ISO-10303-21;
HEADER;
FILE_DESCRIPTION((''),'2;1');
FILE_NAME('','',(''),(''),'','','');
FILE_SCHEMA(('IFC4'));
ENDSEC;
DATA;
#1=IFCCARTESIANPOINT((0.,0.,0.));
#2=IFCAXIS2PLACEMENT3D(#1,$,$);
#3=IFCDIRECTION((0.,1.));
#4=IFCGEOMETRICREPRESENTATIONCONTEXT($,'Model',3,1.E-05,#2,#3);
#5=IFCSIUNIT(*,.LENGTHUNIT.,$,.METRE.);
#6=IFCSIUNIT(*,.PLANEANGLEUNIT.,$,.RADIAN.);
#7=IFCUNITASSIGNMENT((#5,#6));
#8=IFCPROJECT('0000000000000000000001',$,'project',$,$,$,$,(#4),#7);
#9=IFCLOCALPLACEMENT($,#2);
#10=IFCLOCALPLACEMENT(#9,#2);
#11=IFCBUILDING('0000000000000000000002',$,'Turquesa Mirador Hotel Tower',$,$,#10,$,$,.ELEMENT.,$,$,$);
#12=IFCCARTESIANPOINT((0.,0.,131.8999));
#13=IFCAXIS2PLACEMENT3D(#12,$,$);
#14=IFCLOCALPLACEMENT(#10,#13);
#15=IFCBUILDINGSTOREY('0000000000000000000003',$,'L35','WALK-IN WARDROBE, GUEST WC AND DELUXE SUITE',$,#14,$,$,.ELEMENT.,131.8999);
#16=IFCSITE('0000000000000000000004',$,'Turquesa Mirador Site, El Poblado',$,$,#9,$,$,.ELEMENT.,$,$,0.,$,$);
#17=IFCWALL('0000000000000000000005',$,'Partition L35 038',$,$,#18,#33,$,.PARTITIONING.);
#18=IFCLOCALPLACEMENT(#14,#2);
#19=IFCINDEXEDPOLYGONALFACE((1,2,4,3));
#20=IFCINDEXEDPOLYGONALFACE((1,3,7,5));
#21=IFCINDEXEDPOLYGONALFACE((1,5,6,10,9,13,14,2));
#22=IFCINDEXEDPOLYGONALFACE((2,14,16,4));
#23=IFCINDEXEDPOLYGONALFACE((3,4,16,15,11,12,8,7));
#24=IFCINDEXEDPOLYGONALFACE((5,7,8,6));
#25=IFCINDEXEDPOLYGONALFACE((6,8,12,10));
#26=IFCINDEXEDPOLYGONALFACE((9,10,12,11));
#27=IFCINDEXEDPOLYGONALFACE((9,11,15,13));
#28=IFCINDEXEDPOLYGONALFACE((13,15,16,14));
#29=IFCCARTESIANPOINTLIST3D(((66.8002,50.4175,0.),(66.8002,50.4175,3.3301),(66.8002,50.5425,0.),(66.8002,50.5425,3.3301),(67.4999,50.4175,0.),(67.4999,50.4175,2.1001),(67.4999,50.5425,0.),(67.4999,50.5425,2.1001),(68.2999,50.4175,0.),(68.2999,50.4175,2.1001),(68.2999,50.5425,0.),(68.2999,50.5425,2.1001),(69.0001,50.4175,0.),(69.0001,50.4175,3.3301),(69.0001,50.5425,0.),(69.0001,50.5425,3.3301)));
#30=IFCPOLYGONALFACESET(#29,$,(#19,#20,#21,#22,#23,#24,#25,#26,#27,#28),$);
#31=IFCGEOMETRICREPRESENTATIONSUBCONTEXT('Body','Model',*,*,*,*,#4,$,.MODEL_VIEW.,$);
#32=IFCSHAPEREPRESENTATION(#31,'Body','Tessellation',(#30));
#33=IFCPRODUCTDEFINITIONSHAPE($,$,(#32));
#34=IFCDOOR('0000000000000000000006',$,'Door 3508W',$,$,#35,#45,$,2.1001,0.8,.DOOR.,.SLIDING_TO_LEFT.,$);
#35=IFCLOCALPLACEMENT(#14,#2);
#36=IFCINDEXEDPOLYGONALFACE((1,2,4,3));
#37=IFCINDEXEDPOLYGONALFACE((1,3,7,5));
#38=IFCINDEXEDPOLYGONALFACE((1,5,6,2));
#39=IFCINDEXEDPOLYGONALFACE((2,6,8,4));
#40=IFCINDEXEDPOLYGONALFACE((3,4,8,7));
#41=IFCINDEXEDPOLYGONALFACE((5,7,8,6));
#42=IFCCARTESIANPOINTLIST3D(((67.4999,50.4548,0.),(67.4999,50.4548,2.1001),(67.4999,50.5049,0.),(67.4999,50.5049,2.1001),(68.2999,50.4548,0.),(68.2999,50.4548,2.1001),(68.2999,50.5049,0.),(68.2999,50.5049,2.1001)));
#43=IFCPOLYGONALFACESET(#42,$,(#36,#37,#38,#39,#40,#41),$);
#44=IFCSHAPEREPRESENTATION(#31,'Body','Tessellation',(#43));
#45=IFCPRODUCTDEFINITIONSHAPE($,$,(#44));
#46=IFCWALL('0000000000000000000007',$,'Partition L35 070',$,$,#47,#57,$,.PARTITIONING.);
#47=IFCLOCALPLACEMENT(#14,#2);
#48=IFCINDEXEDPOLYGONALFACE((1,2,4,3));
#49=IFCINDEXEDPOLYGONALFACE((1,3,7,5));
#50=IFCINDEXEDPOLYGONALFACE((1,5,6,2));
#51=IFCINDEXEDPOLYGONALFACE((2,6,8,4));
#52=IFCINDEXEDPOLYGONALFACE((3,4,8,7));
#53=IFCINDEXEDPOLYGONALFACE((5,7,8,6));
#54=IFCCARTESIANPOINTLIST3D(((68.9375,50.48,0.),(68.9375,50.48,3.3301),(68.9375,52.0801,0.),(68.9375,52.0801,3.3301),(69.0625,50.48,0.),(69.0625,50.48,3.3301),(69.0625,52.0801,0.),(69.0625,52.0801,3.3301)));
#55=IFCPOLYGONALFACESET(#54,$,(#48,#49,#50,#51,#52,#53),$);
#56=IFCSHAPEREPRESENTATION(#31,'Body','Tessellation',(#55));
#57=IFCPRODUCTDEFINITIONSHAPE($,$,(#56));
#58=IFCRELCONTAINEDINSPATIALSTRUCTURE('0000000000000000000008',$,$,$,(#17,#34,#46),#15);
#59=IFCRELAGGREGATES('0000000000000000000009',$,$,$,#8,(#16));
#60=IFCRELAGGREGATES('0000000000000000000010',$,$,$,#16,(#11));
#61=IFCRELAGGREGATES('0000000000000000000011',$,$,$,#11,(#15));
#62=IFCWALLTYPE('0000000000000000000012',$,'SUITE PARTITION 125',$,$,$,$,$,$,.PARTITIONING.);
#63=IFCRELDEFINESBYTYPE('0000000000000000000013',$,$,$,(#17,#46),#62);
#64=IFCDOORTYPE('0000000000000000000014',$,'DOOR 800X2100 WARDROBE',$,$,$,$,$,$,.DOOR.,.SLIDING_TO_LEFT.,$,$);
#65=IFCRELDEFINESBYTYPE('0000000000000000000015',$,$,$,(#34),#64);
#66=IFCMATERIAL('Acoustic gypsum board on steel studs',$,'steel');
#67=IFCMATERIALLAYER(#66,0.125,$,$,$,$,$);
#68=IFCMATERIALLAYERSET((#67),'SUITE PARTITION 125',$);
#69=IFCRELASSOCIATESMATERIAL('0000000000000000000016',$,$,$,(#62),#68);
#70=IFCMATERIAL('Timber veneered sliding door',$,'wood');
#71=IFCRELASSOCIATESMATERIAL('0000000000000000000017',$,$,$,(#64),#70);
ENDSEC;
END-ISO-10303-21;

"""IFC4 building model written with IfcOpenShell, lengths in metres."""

from ifc_helpers import new_model, si_unit, direction, frame, frame_2d, origin, place, context, subcontext, project, spatial, rectangle, extrude, material, layer, layer_set, type_object, element, fill, save


model = new_model("IFC4")

# Units and contexts
model_context = context("Model", 3, precision=1e-05, world=origin(), true_north=direction((0.0, 1.0)))
body_context = subcontext(model_context, "Body", "Model", "MODEL_VIEW")
ifc_project = project(units=[si_unit("LENGTHUNIT", "METRE"), si_unit("PLANEANGLEUNIT", "RADIAN")], contexts=[model_context])

# Site, building, storey
site_placement = place(None, origin())
site = spatial("IfcSite", under=ifc_project, at=site_placement, Name="Turquesa Mirador Site, El Poblado", CompositionType="ELEMENT", RefElevation=0.0)
building_placement = place(site_placement, origin())
building = spatial("IfcBuilding", under=site, at=building_placement, Name="Turquesa Mirador Hotel Tower", CompositionType="ELEMENT")
storey_placement = place(building_placement, frame((0.0, 0.0, 131.8999)))
storey = spatial("IfcBuildingStorey", under=building, at=storey_placement, Name="L35", Description="WALK-IN WARDROBE, GUEST WC AND DELUXE SUITE", CompositionType="ELEMENT", Elevation=131.8999)

# Wall, opening, door
ifc_material_1 = material(Name="Acoustic gypsum board on steel studs", Category="steel")
ifc_layer_1 = layer(ifc_material_1, 0.125)
ifc_layer_set_1 = layer_set([ifc_layer_1], Name="SUITE PARTITION 125")
wall_type_1 = type_object("IfcWallType", Name="SUITE PARTITION 125", PredefinedType="PARTITIONING", material=ifc_layer_set_1)
wall_1_placement = place(storey_placement, frame((66.8, 50.48, 0.0), z_axis=(0.0, 0.0, 1.0), x_axis=(1.0, 0.0, 0.0)))
wall_1 = element("IfcWall", 1, at=wall_1_placement, inside=storey, type_object=wall_type_1, Name="Partition L35 038", PredefinedType="PARTITIONING", context=body_context, shape_type="SweptSolid", body=[
    extrude(rectangle(XDim=2.2, YDim=0.125, at=frame_2d((1.1001, 0.0))), origin(), (0.0, 0.0, 1.0), 3.3301),
])
opening_1_placement = place(wall_1_placement, frame((0.7, 0.0, 0.0)))
opening_1 = element("IfcOpeningElement", 2, at=opening_1_placement, cuts=wall_1, PredefinedType="OPENING", context=body_context, shape_type="SweptSolid", body=[
    extrude(rectangle(XDim=0.8, YDim=2.1001, at=frame_2d((0.3999, 1.05))), frame((0.0, 0.0725, 0.0), z_axis=(0.0, -1.0, 0.0), x_axis=(1.0, 0.0, 0.0)), (0.0, 0.0, 1.0), 0.145),
])
ifc_material_2 = material(Name="Timber veneered sliding door", Category="wood")
door_type_1 = type_object("IfcDoorType", Name="DOOR 800X2100 WARDROBE", OperationType="SLIDING_TO_LEFT", PredefinedType="DOOR", material=ifc_material_2)
door_1_placement = place(opening_1_placement, origin())
door_1 = element("IfcDoor", 3, at=door_1_placement, inside=storey, type_object=door_type_1, Name="Door 3508W", OperationType="SLIDING_TO_LEFT", OverallHeight=2.1001, OverallWidth=0.8, PredefinedType="DOOR", context=body_context, shape_type="SweptSolid", body=[
    extrude(rectangle(XDim=0.8, YDim=2.1001, at=frame_2d((0.3999, 1.05))), frame((0.0, 0.0249, 0.0), z_axis=(0.0, -1.0, 0.0), x_axis=(1.0, 0.0, 0.0)), (0.0, 0.0, 1.0), 0.05),
])
fill(opening_1, door_1)

# Wall
wall_2_placement = place(storey_placement, frame((69.0, 50.48, 0.0), z_axis=(0.0, 0.0, 1.0), x_axis=(0.0, 1.0, 0.0)))
element("IfcWall", 4, at=wall_2_placement, inside=storey, type_object=wall_type_1, Name="Partition L35 070", PredefinedType="PARTITIONING", context=body_context, shape_type="SweptSolid", body=[
    extrude(rectangle(XDim=1.6001, YDim=0.125, at=frame_2d((0.8, 0.0))), origin(), (0.0, 0.0, 1.0), 3.3301),
])

save(model, "model.ifc")
